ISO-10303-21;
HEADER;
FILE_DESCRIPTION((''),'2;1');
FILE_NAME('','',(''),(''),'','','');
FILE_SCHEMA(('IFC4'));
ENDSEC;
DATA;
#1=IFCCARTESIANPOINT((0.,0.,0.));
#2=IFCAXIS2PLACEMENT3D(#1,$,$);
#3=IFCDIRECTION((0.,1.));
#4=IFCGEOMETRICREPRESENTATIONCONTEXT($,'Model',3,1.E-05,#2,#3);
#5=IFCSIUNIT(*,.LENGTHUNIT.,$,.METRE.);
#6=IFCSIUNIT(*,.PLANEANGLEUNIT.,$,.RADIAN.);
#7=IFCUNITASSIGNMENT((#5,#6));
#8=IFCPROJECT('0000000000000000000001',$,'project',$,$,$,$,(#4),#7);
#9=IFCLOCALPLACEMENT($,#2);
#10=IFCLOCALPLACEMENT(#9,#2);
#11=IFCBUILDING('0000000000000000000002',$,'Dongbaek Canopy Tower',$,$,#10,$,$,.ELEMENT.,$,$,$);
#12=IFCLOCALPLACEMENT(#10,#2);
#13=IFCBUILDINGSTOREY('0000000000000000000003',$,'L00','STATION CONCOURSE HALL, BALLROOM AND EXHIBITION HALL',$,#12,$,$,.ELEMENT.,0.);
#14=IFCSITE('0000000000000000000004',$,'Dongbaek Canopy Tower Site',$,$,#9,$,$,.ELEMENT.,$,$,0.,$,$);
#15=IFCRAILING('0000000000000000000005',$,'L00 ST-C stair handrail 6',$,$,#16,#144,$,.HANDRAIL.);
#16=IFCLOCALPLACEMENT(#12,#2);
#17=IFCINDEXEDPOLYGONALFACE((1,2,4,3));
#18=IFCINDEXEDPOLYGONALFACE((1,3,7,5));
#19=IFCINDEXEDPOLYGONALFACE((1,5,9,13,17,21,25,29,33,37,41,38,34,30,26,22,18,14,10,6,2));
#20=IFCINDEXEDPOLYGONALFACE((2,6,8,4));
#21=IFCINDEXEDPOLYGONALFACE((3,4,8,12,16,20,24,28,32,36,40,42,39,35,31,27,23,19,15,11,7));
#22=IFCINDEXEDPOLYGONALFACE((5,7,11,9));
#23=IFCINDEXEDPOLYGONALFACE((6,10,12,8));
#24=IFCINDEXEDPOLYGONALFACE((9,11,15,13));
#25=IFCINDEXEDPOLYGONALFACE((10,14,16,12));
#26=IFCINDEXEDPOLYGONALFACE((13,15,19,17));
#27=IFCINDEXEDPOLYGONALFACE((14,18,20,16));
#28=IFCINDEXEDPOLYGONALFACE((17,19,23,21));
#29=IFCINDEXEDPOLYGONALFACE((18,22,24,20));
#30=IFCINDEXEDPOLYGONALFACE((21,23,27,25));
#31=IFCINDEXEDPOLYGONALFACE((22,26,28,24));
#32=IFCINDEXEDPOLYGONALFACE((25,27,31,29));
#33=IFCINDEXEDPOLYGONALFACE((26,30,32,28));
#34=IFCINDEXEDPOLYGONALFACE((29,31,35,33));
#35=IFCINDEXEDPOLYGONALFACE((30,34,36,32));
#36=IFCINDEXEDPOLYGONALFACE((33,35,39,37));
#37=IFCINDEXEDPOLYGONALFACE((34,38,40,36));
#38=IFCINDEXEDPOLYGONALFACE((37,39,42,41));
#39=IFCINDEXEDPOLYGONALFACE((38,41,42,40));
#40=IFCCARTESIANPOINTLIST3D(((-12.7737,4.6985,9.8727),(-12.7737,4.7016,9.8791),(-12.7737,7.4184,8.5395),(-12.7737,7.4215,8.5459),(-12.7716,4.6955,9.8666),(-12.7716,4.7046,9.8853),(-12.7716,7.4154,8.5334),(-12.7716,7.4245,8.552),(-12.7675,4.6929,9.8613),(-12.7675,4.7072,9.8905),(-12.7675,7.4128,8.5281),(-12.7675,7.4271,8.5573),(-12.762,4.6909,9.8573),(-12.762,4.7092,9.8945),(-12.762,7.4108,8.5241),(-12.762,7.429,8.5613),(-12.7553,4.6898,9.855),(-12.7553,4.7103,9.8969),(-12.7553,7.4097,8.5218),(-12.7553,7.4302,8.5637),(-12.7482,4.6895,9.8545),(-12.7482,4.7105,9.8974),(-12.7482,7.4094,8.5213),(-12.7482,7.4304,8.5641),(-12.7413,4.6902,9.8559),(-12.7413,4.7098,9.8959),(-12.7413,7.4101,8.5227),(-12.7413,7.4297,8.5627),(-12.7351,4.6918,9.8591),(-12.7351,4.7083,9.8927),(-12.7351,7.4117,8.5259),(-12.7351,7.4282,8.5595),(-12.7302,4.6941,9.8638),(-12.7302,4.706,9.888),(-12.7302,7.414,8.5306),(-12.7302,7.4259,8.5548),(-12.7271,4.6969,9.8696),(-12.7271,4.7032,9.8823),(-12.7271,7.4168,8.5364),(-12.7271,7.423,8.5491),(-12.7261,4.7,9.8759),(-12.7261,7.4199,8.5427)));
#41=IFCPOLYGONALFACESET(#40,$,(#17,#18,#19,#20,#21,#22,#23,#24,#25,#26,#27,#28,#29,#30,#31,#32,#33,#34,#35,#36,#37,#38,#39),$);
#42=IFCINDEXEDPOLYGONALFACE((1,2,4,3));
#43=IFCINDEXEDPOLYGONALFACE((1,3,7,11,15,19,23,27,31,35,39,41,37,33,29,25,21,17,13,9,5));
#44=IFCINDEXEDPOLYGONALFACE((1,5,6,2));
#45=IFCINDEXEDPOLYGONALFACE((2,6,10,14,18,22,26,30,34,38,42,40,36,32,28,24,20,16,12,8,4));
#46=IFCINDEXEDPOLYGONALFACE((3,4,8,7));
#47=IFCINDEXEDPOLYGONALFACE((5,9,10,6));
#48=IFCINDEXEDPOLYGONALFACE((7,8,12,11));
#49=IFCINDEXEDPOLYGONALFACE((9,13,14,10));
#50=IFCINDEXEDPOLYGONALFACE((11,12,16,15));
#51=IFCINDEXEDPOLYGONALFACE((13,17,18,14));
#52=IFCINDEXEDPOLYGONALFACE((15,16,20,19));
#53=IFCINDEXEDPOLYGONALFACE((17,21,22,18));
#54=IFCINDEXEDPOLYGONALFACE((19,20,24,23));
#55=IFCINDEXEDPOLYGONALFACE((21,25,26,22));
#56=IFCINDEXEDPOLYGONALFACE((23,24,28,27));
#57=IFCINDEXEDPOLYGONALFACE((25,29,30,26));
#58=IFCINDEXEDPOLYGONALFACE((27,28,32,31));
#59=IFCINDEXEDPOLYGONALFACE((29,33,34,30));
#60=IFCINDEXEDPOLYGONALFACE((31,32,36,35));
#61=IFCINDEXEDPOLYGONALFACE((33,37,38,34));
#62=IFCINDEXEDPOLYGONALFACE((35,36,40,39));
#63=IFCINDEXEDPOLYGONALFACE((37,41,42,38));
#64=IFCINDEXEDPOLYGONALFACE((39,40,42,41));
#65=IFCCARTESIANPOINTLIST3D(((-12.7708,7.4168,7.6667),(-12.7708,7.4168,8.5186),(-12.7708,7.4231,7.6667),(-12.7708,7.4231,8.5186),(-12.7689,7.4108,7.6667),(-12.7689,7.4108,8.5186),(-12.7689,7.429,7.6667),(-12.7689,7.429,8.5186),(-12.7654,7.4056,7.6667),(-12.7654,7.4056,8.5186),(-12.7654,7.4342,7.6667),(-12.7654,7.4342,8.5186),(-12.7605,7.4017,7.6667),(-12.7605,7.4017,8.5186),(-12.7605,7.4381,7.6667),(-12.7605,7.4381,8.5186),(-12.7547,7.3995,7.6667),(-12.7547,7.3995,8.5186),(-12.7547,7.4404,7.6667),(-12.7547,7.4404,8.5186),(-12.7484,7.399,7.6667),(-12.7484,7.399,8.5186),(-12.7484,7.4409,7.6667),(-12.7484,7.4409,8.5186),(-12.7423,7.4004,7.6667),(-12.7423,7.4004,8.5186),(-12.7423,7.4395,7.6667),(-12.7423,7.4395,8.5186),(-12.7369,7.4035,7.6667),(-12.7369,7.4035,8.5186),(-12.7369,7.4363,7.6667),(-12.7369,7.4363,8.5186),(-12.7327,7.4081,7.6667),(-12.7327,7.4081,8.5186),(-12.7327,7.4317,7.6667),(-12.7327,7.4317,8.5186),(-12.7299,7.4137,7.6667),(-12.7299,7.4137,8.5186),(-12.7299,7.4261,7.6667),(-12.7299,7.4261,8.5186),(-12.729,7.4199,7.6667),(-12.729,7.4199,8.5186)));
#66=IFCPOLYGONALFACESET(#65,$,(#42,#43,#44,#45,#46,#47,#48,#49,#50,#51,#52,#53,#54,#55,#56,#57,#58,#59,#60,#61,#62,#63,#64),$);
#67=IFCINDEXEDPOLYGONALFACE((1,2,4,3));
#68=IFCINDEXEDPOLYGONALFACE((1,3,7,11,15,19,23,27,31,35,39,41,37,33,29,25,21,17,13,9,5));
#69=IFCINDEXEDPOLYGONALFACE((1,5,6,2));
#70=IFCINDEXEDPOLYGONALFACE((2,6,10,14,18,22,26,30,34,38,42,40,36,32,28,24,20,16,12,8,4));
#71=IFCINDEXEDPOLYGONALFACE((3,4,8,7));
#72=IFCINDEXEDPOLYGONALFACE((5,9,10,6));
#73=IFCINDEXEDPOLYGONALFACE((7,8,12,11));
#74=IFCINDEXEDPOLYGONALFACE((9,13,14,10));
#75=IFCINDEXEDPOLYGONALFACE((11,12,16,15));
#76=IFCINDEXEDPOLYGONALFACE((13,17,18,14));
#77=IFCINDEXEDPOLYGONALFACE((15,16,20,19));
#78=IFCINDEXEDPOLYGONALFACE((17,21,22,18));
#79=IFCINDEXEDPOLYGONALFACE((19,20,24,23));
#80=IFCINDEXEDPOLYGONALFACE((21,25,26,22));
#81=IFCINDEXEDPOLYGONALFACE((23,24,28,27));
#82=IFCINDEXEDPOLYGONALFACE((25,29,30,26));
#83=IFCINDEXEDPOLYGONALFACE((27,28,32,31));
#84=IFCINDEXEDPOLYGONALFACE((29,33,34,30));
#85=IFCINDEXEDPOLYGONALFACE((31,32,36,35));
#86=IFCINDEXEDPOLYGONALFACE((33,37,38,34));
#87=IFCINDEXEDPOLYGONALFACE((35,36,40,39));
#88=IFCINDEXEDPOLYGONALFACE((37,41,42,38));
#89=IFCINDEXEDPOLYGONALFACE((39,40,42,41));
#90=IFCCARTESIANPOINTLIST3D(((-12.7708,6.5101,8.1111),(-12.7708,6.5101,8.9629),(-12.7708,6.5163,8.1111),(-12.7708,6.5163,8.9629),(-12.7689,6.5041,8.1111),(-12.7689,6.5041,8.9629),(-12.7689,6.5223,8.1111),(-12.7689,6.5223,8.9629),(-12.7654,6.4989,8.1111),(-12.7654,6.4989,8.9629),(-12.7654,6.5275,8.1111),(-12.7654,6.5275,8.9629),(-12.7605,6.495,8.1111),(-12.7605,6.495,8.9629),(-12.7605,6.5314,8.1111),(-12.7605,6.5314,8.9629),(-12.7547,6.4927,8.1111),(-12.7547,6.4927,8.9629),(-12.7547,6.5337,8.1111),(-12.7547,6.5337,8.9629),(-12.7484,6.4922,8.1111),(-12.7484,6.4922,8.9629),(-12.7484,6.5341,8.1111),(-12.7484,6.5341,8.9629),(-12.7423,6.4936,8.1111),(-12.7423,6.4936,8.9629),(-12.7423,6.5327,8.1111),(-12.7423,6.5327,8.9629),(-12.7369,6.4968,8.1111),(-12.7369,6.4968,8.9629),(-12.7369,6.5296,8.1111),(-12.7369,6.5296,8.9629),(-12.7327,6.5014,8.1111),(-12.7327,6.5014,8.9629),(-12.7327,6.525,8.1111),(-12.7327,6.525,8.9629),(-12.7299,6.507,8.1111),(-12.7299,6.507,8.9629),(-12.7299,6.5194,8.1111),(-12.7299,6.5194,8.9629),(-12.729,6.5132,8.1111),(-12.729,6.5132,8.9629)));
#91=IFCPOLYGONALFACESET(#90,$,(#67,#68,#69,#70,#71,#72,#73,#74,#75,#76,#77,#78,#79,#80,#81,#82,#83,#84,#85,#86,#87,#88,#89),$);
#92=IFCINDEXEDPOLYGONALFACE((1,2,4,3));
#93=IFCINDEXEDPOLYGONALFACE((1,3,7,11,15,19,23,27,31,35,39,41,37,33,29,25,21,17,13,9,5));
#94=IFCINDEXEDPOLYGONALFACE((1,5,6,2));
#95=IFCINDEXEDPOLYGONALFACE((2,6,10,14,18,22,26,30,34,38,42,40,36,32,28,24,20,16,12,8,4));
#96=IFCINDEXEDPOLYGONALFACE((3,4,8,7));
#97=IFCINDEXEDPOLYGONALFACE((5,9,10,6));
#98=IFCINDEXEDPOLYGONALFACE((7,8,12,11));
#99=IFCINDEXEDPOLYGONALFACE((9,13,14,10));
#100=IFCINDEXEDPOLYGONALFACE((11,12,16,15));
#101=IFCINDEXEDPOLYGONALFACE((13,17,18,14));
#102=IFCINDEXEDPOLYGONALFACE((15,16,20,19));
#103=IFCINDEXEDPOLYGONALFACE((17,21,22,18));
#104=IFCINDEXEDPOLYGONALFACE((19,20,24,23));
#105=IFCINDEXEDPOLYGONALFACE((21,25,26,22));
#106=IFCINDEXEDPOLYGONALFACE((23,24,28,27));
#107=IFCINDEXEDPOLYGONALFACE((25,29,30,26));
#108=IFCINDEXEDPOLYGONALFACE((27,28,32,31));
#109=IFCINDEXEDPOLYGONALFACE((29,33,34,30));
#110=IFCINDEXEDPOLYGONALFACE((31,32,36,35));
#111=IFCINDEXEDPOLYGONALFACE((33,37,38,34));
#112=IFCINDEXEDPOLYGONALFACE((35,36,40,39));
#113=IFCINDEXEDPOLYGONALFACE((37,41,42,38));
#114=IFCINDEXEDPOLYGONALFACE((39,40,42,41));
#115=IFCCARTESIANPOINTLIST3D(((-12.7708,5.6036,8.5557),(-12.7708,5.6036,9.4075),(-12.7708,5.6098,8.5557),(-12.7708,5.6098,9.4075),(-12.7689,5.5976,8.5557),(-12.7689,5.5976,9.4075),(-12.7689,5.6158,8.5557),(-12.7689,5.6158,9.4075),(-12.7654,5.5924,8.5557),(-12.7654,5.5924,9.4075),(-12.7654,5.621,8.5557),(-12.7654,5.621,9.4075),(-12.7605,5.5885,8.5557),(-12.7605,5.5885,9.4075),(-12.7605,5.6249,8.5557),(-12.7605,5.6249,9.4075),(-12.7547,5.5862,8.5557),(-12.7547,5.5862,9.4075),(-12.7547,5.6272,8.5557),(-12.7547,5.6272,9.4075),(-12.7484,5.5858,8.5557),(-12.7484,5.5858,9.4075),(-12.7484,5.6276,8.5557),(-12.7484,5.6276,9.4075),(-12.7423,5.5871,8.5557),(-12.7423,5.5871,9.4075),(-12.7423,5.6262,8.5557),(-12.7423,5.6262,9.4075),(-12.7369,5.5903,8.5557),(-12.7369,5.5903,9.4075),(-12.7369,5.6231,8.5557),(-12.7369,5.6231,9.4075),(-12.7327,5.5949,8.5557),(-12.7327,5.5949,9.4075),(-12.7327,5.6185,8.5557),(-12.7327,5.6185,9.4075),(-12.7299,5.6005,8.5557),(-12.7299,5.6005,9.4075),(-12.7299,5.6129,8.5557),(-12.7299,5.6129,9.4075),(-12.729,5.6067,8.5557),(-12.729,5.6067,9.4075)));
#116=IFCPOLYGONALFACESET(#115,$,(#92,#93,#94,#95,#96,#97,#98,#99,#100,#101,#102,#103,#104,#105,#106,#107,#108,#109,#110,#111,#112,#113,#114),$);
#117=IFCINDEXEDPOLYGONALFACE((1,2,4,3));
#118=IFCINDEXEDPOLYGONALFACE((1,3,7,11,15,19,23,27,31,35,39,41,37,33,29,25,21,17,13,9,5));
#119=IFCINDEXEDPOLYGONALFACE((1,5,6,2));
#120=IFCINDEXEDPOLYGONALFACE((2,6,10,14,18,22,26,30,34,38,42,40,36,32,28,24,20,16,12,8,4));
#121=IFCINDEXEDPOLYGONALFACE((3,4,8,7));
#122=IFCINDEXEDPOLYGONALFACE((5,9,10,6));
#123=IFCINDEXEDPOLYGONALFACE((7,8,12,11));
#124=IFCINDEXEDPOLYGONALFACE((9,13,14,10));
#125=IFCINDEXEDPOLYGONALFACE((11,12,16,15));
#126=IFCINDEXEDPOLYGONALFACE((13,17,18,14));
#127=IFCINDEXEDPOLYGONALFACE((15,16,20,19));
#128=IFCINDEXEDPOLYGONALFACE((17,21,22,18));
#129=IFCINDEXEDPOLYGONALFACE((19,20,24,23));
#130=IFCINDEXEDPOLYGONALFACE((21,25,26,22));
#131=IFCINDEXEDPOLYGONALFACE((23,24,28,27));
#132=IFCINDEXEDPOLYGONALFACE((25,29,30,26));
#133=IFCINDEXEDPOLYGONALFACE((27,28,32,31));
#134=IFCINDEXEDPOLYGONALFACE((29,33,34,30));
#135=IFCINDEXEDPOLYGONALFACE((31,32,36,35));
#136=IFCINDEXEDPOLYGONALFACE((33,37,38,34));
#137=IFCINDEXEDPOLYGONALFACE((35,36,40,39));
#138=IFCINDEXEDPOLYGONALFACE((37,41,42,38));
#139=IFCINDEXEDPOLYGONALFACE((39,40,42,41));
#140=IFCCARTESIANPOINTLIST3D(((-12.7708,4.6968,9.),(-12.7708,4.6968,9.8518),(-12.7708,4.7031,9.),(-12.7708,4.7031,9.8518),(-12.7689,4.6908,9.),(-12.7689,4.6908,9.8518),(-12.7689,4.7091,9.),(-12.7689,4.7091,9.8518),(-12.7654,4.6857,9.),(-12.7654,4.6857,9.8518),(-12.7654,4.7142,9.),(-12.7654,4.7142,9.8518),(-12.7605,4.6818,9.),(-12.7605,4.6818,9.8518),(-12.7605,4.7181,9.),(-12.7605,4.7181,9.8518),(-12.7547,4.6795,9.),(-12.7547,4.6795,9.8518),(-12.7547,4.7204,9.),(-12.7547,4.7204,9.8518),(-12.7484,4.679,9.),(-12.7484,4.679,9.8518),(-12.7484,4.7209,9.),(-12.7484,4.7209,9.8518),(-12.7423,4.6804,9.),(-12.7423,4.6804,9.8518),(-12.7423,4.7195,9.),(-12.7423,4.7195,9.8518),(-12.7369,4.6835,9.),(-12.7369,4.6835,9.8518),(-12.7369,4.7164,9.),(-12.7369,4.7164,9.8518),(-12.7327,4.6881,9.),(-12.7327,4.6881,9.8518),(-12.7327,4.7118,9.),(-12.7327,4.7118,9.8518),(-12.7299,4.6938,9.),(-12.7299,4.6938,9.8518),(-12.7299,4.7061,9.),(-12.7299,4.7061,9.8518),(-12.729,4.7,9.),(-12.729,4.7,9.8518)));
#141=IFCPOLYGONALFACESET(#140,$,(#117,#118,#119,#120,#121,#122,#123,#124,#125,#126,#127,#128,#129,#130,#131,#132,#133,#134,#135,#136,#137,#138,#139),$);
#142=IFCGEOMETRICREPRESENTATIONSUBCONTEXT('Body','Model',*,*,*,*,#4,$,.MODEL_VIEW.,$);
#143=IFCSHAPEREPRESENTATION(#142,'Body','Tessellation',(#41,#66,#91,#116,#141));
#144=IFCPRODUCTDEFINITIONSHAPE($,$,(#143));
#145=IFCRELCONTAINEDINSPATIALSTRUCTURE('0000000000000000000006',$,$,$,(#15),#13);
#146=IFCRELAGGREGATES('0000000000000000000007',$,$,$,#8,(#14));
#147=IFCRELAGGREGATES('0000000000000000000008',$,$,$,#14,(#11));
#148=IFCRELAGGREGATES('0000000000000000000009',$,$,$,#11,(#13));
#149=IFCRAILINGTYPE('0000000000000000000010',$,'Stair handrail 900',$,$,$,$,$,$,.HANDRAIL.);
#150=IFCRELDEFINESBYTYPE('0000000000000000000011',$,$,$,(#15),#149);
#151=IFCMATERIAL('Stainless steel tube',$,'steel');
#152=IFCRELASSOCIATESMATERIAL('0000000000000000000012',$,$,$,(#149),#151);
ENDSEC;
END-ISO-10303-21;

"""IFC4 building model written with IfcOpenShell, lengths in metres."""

from ifc_helpers import new_model, si_unit, direction, frame, origin, origin_2d, place, context, subcontext, project, spatial, circle, extrude, material, type_object, element, save


model = new_model("IFC4")

# Units and contexts
model_context = context("Model", 3, precision=1e-05, world=origin(), true_north=direction((0.0, 1.0)))
body_context = subcontext(model_context, "Body", "Model", "MODEL_VIEW")
ifc_project = project(units=[si_unit("LENGTHUNIT", "METRE"), si_unit("PLANEANGLEUNIT", "RADIAN")], contexts=[model_context])

# Site, building, storey
site_placement = place(None, origin())
site = spatial("IfcSite", under=ifc_project, at=site_placement, Name="Dongbaek Canopy Tower Site", CompositionType="ELEMENT", RefElevation=0.0)
building_placement = place(site_placement, origin())
building = spatial("IfcBuilding", under=site, at=building_placement, Name="Dongbaek Canopy Tower", CompositionType="ELEMENT")
storey_placement = place(building_placement, origin())
storey = spatial("IfcBuildingStorey", under=building, at=storey_placement, Name="L00", Description="STATION CONCOURSE HALL, BALLROOM AND EXHIBITION HALL", CompositionType="ELEMENT", Elevation=0.0)

# Railing
ifc_material_1 = material(Name="Stainless steel tube", Category="steel")
railing_type_1 = type_object("IfcRailingType", Name="Stair handrail 900", PredefinedType="HANDRAIL", material=ifc_material_1)
for number, where, name in (
    (1, (-12.75, 7.4199, 7.6667), "L00 ST-C stair handrail 6"),
):
    element("IfcRailing", number, at=place(storey_placement, frame(where)), inside=storey, type_object=railing_type_1, Name=name, PredefinedType="HANDRAIL", context=body_context, shape_type="SweptSolid", body=[
        extrude(circle(Radius=0.0239, at=origin_2d()), frame((0.0, 0.0, 0.876), z_axis=(0.0, -0.897929, 0.440139), x_axis=(1.0, 0.0, 0.0)), (0.0, 0.0, 1.0), 3.0291),
        extrude(circle(Radius=0.021, at=origin_2d()), origin(), (0.0, 0.0, 1.0), 0.8518),
        extrude(circle(Radius=0.021, at=origin_2d()), frame((0.0, -0.9067, 0.4443)), (0.0, 0.0, 1.0), 0.8518),
        extrude(circle(Radius=0.021, at=origin_2d()), frame((0.0, -1.8132, 0.8889)), (0.0, 0.0, 1.0), 0.8518),
        extrude(circle(Radius=0.021, at=origin_2d()), frame((0.0, -2.72, 1.3333)), (0.0, 0.0, 1.0), 0.8518),
    ])

save(model, "model.ifc")
